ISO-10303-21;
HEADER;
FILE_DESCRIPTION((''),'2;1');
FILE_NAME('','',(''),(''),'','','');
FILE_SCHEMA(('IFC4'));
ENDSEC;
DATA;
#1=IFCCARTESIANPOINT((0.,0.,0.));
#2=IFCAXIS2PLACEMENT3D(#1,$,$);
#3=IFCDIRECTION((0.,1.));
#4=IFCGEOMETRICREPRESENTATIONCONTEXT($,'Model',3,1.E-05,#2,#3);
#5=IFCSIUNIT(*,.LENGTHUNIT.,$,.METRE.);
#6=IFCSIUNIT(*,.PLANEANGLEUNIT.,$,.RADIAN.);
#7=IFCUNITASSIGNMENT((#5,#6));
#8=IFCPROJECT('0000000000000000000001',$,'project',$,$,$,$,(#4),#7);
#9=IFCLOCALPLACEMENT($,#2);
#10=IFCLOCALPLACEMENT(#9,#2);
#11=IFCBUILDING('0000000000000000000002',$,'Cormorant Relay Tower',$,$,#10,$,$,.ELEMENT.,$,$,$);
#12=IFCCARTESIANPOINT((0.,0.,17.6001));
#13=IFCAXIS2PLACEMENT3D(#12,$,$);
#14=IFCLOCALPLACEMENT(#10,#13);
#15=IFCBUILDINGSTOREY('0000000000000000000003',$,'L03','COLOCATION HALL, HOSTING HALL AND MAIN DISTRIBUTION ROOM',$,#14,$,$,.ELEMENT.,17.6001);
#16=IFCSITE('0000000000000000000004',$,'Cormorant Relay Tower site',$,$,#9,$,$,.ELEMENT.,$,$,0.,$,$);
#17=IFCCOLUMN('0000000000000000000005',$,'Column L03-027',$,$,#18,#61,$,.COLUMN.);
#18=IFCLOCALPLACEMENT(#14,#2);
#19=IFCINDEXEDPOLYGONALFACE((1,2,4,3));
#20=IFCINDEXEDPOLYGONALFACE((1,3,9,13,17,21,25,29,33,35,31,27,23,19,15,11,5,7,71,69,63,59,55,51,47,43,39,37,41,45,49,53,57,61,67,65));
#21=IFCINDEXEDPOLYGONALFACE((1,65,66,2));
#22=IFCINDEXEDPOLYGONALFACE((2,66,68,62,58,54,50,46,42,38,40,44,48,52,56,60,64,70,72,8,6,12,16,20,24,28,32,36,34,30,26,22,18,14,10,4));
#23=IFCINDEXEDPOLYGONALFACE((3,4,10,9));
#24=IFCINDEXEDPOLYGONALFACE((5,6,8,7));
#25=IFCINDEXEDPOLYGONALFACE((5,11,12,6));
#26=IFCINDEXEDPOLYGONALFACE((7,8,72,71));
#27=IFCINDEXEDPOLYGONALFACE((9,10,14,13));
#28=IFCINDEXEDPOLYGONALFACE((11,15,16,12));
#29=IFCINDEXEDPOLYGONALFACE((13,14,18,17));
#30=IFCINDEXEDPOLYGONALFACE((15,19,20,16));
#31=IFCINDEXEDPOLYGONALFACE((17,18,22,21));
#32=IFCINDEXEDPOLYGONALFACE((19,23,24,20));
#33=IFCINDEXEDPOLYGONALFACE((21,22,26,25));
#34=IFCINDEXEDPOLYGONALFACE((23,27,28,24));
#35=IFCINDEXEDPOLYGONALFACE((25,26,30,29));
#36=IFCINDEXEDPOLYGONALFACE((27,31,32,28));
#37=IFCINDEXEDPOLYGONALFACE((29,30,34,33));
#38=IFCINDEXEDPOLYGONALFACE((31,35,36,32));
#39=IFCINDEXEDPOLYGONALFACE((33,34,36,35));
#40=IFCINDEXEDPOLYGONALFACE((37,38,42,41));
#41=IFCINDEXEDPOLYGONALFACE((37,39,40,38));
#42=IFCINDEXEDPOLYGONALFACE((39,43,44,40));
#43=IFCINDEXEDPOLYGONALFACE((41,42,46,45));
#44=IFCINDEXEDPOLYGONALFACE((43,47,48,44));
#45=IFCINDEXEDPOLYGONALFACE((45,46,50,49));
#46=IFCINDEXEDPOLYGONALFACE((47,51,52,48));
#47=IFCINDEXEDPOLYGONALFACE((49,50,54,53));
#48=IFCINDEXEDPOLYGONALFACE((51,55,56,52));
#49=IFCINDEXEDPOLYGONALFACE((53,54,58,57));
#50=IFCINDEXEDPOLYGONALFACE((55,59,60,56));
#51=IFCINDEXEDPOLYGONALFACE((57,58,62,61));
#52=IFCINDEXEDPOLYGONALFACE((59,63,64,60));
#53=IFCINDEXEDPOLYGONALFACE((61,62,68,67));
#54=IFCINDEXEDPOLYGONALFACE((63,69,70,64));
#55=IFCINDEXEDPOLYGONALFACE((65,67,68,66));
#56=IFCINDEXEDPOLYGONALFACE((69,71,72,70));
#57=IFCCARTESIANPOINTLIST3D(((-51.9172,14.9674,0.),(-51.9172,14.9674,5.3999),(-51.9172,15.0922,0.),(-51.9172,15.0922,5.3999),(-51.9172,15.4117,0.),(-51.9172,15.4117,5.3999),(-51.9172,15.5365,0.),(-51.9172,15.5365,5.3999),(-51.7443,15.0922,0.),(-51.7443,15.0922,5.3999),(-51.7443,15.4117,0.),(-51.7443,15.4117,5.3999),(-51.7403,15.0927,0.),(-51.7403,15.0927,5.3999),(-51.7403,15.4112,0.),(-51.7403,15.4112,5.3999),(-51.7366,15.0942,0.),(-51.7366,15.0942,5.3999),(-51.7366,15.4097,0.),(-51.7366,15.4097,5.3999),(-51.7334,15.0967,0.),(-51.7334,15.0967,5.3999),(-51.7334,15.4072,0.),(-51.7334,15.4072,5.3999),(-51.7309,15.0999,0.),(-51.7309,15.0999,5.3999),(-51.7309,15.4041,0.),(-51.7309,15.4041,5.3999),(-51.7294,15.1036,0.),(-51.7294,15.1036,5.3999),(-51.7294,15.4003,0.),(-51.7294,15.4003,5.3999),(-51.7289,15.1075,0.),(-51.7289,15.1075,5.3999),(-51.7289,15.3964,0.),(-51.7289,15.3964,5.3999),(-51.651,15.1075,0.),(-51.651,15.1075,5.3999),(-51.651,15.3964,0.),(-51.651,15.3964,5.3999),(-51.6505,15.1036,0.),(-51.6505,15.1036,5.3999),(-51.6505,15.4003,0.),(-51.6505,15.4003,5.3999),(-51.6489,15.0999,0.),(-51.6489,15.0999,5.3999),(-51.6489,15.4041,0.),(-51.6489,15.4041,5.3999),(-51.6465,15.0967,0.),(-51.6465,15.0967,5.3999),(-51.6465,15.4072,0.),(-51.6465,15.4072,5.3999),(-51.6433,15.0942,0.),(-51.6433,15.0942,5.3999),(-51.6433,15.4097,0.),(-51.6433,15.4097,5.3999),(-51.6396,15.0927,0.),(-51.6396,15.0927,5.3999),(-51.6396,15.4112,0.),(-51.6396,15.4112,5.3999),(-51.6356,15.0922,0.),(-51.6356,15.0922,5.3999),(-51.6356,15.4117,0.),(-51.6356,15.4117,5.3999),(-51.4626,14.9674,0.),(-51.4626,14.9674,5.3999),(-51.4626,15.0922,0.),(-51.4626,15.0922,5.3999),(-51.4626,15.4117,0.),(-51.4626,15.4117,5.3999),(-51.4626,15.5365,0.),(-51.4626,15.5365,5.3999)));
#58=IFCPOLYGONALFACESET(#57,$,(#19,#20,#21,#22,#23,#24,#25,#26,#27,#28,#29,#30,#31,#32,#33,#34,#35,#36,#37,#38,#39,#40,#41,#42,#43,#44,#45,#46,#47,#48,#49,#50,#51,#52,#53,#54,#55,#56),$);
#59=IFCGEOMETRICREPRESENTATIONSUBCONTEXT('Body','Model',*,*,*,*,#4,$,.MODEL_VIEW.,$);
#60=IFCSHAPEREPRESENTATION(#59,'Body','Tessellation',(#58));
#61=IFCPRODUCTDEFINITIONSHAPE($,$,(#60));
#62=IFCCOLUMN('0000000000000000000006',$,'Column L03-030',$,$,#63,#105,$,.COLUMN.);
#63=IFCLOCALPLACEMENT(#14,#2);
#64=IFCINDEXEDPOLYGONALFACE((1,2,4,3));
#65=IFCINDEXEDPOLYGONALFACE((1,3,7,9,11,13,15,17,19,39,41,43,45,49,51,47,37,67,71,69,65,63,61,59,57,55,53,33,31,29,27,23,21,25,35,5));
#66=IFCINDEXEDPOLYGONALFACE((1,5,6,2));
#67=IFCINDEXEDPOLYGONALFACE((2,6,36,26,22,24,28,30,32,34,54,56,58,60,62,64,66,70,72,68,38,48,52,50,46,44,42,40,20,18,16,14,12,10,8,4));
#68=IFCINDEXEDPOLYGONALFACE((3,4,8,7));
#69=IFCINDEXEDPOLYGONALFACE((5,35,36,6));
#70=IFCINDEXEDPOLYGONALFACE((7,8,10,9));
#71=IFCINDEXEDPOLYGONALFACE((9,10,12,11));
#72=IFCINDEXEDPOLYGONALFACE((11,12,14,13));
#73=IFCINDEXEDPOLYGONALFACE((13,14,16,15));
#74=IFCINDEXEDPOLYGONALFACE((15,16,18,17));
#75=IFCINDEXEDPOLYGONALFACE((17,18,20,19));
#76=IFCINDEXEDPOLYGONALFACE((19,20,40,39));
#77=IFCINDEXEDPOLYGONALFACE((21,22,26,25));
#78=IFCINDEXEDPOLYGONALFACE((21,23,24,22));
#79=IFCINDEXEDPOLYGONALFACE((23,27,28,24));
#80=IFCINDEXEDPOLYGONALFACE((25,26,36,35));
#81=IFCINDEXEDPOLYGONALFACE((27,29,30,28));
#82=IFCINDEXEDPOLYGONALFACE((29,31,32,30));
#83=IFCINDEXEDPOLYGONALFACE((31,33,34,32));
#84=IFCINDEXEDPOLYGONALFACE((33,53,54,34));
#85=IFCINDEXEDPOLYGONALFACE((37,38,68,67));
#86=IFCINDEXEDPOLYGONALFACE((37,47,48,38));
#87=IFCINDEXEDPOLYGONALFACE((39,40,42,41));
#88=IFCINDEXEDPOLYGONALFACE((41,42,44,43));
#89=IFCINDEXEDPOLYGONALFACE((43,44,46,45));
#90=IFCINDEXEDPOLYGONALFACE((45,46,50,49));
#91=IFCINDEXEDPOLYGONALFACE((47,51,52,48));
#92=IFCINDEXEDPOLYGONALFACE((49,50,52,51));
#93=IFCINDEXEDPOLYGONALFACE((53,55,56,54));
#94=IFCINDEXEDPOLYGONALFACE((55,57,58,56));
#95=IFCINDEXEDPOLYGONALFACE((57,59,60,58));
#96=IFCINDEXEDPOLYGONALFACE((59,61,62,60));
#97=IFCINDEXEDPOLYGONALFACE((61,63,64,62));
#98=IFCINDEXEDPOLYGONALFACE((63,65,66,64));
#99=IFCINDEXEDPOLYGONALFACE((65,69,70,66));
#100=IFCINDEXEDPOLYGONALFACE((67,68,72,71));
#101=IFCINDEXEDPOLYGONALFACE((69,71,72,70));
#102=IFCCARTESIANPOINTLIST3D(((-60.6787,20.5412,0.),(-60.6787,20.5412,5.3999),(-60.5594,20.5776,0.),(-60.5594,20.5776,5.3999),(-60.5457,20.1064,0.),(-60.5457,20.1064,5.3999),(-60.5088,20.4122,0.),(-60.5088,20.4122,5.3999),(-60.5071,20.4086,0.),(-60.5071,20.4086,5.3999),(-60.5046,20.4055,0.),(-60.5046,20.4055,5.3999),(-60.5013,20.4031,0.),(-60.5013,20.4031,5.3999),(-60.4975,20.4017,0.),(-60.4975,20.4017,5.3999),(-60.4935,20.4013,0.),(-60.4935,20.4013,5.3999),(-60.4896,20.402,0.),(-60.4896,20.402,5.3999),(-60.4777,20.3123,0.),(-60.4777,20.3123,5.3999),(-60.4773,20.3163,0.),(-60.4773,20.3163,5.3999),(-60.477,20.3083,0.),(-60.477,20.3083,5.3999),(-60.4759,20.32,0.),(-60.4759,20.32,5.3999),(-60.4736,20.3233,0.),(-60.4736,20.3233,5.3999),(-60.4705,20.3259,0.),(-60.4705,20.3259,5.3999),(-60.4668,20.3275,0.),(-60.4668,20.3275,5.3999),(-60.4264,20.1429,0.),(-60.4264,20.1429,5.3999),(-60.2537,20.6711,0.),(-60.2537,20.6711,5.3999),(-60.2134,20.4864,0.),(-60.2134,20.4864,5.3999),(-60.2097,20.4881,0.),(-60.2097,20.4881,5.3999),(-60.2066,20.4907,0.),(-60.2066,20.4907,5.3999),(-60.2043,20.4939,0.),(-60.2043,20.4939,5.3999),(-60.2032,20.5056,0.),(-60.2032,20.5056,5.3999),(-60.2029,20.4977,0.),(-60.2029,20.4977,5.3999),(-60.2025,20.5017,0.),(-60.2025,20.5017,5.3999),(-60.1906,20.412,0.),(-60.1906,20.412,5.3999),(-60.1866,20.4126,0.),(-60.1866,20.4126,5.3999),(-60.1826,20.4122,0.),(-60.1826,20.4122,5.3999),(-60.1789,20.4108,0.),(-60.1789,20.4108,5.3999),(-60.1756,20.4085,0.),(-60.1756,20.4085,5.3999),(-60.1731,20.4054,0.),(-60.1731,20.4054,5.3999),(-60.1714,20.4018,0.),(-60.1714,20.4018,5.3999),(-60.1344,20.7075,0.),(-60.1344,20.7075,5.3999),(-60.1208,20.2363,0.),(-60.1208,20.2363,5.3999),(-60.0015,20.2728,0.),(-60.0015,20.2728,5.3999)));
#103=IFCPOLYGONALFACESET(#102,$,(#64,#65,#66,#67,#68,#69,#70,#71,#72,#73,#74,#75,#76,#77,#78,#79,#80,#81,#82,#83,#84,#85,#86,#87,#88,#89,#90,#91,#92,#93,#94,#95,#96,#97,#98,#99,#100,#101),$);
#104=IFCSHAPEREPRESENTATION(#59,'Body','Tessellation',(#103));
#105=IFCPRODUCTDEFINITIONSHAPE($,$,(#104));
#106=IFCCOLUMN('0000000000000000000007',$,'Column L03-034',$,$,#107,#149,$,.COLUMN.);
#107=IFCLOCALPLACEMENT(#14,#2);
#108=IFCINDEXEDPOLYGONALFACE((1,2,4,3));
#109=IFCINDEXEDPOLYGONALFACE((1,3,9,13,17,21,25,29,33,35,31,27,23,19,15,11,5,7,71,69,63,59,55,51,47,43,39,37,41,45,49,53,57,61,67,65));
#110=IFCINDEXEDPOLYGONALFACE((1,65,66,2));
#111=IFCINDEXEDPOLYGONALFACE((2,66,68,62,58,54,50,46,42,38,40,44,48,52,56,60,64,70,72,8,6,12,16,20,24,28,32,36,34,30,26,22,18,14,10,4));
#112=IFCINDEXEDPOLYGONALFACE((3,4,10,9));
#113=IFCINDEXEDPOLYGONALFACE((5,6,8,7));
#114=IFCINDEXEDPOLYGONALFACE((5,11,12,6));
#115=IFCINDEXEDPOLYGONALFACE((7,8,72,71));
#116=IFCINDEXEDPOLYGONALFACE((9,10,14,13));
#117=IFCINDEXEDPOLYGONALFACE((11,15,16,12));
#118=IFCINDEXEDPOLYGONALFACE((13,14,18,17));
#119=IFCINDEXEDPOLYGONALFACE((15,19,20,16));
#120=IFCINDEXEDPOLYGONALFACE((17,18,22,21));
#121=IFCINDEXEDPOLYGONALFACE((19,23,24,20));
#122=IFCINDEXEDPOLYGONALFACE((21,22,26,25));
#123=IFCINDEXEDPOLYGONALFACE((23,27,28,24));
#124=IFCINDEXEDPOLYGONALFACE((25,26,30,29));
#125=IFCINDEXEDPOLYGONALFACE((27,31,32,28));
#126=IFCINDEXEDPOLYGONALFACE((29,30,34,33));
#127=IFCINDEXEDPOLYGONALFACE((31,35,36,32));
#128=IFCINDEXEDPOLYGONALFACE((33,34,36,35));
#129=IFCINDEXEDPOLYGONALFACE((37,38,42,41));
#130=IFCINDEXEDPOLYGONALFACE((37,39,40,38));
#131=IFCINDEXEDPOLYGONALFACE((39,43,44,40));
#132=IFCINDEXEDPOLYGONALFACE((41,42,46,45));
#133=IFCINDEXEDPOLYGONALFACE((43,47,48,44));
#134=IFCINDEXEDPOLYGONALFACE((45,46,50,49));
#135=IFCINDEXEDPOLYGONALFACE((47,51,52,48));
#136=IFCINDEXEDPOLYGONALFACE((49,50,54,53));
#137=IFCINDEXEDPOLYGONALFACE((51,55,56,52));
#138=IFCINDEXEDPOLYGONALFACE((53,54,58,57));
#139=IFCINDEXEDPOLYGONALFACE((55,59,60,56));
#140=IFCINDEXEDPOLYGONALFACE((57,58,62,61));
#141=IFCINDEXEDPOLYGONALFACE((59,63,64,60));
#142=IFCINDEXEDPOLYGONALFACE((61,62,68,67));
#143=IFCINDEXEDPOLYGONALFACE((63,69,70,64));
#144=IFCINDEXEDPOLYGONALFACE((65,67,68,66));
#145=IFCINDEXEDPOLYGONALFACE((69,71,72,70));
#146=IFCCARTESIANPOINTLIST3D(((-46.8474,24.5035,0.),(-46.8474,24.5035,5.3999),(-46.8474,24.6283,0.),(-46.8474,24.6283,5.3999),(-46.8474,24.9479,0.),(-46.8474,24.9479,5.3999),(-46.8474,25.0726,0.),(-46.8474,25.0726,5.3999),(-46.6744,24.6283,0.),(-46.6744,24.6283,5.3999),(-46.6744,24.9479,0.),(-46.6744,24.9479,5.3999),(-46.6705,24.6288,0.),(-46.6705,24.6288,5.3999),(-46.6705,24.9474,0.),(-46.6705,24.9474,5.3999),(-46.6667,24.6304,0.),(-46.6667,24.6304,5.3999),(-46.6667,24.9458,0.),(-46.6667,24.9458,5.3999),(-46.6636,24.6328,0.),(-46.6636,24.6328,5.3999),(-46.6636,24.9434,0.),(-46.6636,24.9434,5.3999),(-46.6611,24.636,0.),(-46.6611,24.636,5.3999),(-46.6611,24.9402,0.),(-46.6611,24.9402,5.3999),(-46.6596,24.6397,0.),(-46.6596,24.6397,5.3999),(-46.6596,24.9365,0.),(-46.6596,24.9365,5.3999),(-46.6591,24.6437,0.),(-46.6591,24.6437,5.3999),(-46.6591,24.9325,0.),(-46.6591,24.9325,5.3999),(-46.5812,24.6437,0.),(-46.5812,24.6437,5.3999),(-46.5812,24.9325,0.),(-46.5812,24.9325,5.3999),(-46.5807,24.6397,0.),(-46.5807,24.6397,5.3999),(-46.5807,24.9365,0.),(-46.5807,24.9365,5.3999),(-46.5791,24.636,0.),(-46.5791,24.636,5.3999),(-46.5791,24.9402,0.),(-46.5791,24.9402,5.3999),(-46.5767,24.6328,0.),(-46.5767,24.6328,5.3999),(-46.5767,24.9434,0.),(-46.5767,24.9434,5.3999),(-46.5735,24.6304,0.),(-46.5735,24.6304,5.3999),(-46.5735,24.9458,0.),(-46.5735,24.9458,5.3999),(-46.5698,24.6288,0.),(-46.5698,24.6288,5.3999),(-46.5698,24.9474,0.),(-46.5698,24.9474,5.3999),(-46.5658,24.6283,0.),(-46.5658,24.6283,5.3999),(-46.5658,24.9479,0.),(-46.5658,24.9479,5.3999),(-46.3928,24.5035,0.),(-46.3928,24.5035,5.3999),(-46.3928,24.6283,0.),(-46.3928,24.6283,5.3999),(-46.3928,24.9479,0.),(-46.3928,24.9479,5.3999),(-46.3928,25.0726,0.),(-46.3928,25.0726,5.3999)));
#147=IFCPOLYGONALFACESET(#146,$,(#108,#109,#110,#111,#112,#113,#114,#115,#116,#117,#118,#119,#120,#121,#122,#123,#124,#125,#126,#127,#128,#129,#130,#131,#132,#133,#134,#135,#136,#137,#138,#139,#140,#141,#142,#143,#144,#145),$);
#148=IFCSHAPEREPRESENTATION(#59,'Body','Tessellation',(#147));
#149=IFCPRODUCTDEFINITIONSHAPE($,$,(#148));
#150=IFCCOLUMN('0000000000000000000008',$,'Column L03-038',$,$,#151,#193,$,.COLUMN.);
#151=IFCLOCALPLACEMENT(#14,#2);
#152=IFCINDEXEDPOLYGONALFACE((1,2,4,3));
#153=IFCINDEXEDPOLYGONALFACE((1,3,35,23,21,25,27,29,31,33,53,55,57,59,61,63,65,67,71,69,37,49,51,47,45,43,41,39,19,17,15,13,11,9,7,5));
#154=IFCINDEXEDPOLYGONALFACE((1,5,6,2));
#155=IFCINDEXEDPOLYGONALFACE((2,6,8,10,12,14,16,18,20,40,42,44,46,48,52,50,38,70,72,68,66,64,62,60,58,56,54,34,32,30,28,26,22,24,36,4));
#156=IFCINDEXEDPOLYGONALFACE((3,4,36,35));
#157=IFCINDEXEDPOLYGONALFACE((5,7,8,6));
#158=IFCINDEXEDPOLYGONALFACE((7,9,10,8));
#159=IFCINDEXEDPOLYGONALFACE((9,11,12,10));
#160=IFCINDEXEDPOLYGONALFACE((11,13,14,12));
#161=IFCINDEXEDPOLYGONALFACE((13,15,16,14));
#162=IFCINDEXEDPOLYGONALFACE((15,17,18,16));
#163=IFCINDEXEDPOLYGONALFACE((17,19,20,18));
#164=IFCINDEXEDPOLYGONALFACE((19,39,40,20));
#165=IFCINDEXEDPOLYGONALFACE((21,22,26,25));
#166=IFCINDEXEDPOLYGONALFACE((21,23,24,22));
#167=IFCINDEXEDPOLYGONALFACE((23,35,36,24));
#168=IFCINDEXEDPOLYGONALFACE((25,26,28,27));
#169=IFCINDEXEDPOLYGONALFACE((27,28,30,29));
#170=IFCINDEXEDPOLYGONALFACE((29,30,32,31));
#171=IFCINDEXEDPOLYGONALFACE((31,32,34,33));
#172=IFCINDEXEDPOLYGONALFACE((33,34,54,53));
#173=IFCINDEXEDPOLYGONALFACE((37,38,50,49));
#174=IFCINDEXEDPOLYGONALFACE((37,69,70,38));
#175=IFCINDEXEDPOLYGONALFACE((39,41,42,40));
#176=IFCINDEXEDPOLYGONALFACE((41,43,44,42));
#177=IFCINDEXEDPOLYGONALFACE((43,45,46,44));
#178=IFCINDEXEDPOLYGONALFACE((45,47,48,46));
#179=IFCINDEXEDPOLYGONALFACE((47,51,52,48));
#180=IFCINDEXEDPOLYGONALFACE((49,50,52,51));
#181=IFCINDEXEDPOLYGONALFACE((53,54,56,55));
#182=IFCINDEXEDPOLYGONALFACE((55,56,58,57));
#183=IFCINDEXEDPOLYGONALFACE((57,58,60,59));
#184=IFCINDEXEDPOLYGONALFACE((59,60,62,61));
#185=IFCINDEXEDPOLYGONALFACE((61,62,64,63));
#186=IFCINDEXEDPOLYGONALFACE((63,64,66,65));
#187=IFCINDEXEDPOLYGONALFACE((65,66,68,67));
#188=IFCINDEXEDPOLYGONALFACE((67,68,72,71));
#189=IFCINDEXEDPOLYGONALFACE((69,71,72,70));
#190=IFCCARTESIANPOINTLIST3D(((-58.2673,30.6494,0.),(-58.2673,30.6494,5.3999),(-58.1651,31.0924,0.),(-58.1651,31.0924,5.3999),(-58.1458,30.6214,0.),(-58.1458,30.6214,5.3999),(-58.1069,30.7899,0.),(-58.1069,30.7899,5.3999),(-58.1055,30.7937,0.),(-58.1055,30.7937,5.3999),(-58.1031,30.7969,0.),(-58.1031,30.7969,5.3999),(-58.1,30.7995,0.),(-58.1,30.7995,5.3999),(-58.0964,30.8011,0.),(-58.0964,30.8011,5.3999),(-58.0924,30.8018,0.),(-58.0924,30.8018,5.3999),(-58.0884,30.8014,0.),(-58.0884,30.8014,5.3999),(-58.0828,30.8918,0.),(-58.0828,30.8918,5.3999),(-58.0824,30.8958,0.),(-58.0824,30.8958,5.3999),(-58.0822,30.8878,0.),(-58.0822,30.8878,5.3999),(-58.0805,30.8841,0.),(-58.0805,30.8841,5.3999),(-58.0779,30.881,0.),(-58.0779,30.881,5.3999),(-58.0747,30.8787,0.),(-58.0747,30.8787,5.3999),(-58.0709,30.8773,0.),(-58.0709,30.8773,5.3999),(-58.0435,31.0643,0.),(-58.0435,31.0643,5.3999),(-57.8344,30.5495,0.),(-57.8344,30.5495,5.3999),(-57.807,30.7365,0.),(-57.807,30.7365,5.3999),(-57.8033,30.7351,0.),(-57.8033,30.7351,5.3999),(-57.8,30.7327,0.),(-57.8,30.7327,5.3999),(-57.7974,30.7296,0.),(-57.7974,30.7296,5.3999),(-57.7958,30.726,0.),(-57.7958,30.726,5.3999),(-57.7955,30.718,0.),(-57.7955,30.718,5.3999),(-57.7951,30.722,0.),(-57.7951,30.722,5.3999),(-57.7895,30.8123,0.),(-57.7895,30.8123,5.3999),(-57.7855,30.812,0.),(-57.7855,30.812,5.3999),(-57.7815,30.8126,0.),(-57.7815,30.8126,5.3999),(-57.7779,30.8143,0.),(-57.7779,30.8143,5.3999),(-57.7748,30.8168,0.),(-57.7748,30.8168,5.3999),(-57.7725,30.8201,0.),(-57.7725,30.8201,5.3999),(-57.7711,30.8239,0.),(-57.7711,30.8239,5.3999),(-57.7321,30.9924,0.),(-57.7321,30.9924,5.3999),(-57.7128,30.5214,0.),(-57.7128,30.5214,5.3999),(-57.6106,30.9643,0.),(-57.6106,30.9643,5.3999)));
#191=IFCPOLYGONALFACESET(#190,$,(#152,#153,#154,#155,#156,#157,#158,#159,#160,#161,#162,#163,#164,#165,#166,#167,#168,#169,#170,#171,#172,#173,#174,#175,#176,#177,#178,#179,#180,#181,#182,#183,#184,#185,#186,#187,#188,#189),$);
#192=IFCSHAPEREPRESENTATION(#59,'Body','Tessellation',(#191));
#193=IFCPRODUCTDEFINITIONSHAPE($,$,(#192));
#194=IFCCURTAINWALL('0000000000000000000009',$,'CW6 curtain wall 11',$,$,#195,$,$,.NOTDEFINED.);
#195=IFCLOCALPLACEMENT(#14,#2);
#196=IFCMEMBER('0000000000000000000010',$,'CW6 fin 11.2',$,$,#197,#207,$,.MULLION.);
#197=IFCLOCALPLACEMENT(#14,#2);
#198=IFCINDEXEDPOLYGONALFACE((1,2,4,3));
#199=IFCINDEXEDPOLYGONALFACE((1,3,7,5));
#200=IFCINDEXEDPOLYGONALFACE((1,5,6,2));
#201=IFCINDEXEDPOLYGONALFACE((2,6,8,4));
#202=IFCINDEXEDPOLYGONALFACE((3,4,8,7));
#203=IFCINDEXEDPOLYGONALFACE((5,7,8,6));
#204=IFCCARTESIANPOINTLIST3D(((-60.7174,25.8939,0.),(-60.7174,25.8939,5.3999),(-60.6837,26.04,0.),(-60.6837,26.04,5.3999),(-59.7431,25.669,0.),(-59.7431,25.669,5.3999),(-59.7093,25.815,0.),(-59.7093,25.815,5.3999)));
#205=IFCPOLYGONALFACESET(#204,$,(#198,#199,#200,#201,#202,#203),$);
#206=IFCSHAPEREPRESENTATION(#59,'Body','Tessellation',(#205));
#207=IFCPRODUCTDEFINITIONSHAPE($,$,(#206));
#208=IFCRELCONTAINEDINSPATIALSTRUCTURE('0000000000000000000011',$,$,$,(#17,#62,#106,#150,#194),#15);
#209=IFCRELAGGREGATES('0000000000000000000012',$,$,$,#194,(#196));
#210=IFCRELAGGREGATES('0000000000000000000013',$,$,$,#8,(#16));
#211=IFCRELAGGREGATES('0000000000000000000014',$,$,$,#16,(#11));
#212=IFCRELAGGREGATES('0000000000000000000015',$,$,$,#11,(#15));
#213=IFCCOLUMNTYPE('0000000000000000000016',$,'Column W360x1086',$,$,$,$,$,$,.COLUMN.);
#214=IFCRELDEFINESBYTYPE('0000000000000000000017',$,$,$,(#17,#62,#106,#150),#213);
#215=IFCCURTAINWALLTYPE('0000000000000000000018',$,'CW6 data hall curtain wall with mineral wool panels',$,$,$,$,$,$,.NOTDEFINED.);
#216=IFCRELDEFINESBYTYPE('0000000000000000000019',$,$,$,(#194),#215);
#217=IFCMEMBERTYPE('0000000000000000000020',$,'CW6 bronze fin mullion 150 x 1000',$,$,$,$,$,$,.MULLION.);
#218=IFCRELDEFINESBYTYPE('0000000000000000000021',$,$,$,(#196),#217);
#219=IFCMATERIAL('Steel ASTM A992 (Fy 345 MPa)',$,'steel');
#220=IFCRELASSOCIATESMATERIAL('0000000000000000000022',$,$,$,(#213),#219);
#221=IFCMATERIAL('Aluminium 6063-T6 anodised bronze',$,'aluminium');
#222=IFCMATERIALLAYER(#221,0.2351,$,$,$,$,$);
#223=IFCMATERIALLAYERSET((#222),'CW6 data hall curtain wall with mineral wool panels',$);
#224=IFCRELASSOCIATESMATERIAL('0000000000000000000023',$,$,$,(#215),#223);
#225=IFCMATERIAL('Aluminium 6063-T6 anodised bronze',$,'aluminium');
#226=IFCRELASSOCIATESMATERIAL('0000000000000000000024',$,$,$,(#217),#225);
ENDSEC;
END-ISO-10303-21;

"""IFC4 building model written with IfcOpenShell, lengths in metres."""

from ifc_helpers import new_model, si_unit, direction, frame, origin, origin_2d, place, context, subcontext, project, spatial, rectangle, i_section, extrude, material, layer, layer_set, material_profile, profile_set, type_object, element, aggregate, save


model = new_model("IFC4")

# Units and contexts
model_context = context("Model", 3, precision=1e-05, world=origin(), true_north=direction((0.0, 1.0)))
body_context = subcontext(model_context, "Body", "Model", "MODEL_VIEW")
ifc_project = project(units=[si_unit("LENGTHUNIT", "METRE"), si_unit("PLANEANGLEUNIT", "RADIAN")], contexts=[model_context])

# Site, building, storey
site_placement = place(None, origin())
site = spatial("IfcSite", under=ifc_project, at=site_placement, Name="Cormorant Relay Tower site", CompositionType="ELEMENT", RefElevation=0.0)
building_placement = place(site_placement, origin())
building = spatial("IfcBuilding", under=site, at=building_placement, Name="Cormorant Relay Tower", CompositionType="ELEMENT")
storey_placement = place(building_placement, frame((0.0, 0.0, 17.6001)))
storey = spatial("IfcBuildingStorey", under=building, at=storey_placement, Name="L03", Description="COLOCATION HALL, HOSTING HALL AND MAIN DISTRIBUTION ROOM", CompositionType="ELEMENT", Elevation=17.6001)

# Columns
ifc_material_1 = material(Name="Steel ASTM A992 (Fy 345 MPa)", Category="steel")
ifc_material_profile_1 = material_profile(ifc_material_1, i_section(OverallWidth=0.4546, OverallDepth=0.5691, WebThickness=0.0779, FlangeThickness=0.1248, FilletRadius=0.0154, at=origin_2d()), Name="W360x1086")
ifc_profile_set_1 = profile_set([ifc_material_profile_1], Name="Steel ASTM A992 (Fy 345 MPa)")
column_type = type_object("IfcColumnType", Name="Column W360x1086", PredefinedType="COLUMN", material=ifc_profile_set_1)
for number, where, z_axis, x_axis, name in (
    (1, (-51.6899, 15.252, 0.0), (0.0, 0.0, 1.0), (1.0, 0.0, 0.0), "Column L03-027"),
    (2, (-60.3401, 20.407, 0.0), (0.0, 0.0, 1.0), (0.292372, -0.956305, 0.0), "Column L03-030"),
    (3, (-46.6201, 24.7881, 0.0), (0.0, 0.0, 1.0), (1.0, 0.0, 0.0), "Column L03-034"),
    (4, (-57.939, 30.8069, 0.0), (0.0, 0.0, 1.0), (-0.224951, -0.97437, 0.0), "Column L03-038"),
):
    element("IfcColumn", number, at=place(storey_placement, frame(where, z_axis=z_axis, x_axis=x_axis)), inside=storey, type_object=column_type, Name=name, PredefinedType="COLUMN", context=body_context, shape_type="SweptSolid", body=[
        extrude(i_section(OverallWidth=0.4546, OverallDepth=0.5691, WebThickness=0.0779, FlangeThickness=0.1248, FilletRadius=0.0154, at=origin_2d()), origin(), (0.0, 0.0, 1.0), 5.3999),
    ])

# Curtain wall, member
ifc_material_2 = material(Name="Aluminium 6063-T6 anodised bronze", Category="aluminium")
ifc_layer_1 = layer(ifc_material_2, 0.2351)
ifc_layer_set_1 = layer_set([ifc_layer_1], Name="CW6 data hall curtain wall with mineral wool panels")
curtain_wall_type = type_object("IfcCurtainWallType", Name="CW6 data hall curtain wall with mineral wool panels", PredefinedType="NOTDEFINED", material=ifc_layer_set_1)
curtain_wall_1_placement = place(storey_placement, origin())
curtain_wall_1 = element("IfcCurtainWall", 5, at=curtain_wall_1_placement, inside=storey, type_object=curtain_wall_type, Name="CW6 curtain wall 11", PredefinedType="NOTDEFINED")
ifc_material_3 = material(Name="Aluminium 6063-T6 anodised bronze", Category="aluminium")
ifc_material_profile_2 = material_profile(ifc_material_3, rectangle(XDim=0.1499, YDim=1.0, at=origin_2d()), Name="AL 150x1000")
ifc_profile_set_2 = profile_set([ifc_material_profile_2], Name="Aluminium 6063-T6 anodised bronze")
member_type_1 = type_object("IfcMemberType", Name="CW6 bronze fin mullion 150 x 1000", PredefinedType="MULLION", material=ifc_profile_set_2)
member_1_placement = place(storey_placement, frame((-60.2134, 25.8545, 0.0), z_axis=(0.0, 0.0, 1.0), x_axis=(-0.224951, -0.97437, 0.0)))
member_1 = element("IfcMember", 6, at=member_1_placement, type_object=member_type_1, Name="CW6 fin 11.2", PredefinedType="MULLION", context=body_context, shape_type="SweptSolid", body=[
    extrude(rectangle(XDim=0.1499, YDim=1.0, at=origin_2d()), origin(), (0.0, 0.0, 1.0), 5.3999),
])

aggregate(curtain_wall_1, [member_1])

save(model, "model.ifc")
